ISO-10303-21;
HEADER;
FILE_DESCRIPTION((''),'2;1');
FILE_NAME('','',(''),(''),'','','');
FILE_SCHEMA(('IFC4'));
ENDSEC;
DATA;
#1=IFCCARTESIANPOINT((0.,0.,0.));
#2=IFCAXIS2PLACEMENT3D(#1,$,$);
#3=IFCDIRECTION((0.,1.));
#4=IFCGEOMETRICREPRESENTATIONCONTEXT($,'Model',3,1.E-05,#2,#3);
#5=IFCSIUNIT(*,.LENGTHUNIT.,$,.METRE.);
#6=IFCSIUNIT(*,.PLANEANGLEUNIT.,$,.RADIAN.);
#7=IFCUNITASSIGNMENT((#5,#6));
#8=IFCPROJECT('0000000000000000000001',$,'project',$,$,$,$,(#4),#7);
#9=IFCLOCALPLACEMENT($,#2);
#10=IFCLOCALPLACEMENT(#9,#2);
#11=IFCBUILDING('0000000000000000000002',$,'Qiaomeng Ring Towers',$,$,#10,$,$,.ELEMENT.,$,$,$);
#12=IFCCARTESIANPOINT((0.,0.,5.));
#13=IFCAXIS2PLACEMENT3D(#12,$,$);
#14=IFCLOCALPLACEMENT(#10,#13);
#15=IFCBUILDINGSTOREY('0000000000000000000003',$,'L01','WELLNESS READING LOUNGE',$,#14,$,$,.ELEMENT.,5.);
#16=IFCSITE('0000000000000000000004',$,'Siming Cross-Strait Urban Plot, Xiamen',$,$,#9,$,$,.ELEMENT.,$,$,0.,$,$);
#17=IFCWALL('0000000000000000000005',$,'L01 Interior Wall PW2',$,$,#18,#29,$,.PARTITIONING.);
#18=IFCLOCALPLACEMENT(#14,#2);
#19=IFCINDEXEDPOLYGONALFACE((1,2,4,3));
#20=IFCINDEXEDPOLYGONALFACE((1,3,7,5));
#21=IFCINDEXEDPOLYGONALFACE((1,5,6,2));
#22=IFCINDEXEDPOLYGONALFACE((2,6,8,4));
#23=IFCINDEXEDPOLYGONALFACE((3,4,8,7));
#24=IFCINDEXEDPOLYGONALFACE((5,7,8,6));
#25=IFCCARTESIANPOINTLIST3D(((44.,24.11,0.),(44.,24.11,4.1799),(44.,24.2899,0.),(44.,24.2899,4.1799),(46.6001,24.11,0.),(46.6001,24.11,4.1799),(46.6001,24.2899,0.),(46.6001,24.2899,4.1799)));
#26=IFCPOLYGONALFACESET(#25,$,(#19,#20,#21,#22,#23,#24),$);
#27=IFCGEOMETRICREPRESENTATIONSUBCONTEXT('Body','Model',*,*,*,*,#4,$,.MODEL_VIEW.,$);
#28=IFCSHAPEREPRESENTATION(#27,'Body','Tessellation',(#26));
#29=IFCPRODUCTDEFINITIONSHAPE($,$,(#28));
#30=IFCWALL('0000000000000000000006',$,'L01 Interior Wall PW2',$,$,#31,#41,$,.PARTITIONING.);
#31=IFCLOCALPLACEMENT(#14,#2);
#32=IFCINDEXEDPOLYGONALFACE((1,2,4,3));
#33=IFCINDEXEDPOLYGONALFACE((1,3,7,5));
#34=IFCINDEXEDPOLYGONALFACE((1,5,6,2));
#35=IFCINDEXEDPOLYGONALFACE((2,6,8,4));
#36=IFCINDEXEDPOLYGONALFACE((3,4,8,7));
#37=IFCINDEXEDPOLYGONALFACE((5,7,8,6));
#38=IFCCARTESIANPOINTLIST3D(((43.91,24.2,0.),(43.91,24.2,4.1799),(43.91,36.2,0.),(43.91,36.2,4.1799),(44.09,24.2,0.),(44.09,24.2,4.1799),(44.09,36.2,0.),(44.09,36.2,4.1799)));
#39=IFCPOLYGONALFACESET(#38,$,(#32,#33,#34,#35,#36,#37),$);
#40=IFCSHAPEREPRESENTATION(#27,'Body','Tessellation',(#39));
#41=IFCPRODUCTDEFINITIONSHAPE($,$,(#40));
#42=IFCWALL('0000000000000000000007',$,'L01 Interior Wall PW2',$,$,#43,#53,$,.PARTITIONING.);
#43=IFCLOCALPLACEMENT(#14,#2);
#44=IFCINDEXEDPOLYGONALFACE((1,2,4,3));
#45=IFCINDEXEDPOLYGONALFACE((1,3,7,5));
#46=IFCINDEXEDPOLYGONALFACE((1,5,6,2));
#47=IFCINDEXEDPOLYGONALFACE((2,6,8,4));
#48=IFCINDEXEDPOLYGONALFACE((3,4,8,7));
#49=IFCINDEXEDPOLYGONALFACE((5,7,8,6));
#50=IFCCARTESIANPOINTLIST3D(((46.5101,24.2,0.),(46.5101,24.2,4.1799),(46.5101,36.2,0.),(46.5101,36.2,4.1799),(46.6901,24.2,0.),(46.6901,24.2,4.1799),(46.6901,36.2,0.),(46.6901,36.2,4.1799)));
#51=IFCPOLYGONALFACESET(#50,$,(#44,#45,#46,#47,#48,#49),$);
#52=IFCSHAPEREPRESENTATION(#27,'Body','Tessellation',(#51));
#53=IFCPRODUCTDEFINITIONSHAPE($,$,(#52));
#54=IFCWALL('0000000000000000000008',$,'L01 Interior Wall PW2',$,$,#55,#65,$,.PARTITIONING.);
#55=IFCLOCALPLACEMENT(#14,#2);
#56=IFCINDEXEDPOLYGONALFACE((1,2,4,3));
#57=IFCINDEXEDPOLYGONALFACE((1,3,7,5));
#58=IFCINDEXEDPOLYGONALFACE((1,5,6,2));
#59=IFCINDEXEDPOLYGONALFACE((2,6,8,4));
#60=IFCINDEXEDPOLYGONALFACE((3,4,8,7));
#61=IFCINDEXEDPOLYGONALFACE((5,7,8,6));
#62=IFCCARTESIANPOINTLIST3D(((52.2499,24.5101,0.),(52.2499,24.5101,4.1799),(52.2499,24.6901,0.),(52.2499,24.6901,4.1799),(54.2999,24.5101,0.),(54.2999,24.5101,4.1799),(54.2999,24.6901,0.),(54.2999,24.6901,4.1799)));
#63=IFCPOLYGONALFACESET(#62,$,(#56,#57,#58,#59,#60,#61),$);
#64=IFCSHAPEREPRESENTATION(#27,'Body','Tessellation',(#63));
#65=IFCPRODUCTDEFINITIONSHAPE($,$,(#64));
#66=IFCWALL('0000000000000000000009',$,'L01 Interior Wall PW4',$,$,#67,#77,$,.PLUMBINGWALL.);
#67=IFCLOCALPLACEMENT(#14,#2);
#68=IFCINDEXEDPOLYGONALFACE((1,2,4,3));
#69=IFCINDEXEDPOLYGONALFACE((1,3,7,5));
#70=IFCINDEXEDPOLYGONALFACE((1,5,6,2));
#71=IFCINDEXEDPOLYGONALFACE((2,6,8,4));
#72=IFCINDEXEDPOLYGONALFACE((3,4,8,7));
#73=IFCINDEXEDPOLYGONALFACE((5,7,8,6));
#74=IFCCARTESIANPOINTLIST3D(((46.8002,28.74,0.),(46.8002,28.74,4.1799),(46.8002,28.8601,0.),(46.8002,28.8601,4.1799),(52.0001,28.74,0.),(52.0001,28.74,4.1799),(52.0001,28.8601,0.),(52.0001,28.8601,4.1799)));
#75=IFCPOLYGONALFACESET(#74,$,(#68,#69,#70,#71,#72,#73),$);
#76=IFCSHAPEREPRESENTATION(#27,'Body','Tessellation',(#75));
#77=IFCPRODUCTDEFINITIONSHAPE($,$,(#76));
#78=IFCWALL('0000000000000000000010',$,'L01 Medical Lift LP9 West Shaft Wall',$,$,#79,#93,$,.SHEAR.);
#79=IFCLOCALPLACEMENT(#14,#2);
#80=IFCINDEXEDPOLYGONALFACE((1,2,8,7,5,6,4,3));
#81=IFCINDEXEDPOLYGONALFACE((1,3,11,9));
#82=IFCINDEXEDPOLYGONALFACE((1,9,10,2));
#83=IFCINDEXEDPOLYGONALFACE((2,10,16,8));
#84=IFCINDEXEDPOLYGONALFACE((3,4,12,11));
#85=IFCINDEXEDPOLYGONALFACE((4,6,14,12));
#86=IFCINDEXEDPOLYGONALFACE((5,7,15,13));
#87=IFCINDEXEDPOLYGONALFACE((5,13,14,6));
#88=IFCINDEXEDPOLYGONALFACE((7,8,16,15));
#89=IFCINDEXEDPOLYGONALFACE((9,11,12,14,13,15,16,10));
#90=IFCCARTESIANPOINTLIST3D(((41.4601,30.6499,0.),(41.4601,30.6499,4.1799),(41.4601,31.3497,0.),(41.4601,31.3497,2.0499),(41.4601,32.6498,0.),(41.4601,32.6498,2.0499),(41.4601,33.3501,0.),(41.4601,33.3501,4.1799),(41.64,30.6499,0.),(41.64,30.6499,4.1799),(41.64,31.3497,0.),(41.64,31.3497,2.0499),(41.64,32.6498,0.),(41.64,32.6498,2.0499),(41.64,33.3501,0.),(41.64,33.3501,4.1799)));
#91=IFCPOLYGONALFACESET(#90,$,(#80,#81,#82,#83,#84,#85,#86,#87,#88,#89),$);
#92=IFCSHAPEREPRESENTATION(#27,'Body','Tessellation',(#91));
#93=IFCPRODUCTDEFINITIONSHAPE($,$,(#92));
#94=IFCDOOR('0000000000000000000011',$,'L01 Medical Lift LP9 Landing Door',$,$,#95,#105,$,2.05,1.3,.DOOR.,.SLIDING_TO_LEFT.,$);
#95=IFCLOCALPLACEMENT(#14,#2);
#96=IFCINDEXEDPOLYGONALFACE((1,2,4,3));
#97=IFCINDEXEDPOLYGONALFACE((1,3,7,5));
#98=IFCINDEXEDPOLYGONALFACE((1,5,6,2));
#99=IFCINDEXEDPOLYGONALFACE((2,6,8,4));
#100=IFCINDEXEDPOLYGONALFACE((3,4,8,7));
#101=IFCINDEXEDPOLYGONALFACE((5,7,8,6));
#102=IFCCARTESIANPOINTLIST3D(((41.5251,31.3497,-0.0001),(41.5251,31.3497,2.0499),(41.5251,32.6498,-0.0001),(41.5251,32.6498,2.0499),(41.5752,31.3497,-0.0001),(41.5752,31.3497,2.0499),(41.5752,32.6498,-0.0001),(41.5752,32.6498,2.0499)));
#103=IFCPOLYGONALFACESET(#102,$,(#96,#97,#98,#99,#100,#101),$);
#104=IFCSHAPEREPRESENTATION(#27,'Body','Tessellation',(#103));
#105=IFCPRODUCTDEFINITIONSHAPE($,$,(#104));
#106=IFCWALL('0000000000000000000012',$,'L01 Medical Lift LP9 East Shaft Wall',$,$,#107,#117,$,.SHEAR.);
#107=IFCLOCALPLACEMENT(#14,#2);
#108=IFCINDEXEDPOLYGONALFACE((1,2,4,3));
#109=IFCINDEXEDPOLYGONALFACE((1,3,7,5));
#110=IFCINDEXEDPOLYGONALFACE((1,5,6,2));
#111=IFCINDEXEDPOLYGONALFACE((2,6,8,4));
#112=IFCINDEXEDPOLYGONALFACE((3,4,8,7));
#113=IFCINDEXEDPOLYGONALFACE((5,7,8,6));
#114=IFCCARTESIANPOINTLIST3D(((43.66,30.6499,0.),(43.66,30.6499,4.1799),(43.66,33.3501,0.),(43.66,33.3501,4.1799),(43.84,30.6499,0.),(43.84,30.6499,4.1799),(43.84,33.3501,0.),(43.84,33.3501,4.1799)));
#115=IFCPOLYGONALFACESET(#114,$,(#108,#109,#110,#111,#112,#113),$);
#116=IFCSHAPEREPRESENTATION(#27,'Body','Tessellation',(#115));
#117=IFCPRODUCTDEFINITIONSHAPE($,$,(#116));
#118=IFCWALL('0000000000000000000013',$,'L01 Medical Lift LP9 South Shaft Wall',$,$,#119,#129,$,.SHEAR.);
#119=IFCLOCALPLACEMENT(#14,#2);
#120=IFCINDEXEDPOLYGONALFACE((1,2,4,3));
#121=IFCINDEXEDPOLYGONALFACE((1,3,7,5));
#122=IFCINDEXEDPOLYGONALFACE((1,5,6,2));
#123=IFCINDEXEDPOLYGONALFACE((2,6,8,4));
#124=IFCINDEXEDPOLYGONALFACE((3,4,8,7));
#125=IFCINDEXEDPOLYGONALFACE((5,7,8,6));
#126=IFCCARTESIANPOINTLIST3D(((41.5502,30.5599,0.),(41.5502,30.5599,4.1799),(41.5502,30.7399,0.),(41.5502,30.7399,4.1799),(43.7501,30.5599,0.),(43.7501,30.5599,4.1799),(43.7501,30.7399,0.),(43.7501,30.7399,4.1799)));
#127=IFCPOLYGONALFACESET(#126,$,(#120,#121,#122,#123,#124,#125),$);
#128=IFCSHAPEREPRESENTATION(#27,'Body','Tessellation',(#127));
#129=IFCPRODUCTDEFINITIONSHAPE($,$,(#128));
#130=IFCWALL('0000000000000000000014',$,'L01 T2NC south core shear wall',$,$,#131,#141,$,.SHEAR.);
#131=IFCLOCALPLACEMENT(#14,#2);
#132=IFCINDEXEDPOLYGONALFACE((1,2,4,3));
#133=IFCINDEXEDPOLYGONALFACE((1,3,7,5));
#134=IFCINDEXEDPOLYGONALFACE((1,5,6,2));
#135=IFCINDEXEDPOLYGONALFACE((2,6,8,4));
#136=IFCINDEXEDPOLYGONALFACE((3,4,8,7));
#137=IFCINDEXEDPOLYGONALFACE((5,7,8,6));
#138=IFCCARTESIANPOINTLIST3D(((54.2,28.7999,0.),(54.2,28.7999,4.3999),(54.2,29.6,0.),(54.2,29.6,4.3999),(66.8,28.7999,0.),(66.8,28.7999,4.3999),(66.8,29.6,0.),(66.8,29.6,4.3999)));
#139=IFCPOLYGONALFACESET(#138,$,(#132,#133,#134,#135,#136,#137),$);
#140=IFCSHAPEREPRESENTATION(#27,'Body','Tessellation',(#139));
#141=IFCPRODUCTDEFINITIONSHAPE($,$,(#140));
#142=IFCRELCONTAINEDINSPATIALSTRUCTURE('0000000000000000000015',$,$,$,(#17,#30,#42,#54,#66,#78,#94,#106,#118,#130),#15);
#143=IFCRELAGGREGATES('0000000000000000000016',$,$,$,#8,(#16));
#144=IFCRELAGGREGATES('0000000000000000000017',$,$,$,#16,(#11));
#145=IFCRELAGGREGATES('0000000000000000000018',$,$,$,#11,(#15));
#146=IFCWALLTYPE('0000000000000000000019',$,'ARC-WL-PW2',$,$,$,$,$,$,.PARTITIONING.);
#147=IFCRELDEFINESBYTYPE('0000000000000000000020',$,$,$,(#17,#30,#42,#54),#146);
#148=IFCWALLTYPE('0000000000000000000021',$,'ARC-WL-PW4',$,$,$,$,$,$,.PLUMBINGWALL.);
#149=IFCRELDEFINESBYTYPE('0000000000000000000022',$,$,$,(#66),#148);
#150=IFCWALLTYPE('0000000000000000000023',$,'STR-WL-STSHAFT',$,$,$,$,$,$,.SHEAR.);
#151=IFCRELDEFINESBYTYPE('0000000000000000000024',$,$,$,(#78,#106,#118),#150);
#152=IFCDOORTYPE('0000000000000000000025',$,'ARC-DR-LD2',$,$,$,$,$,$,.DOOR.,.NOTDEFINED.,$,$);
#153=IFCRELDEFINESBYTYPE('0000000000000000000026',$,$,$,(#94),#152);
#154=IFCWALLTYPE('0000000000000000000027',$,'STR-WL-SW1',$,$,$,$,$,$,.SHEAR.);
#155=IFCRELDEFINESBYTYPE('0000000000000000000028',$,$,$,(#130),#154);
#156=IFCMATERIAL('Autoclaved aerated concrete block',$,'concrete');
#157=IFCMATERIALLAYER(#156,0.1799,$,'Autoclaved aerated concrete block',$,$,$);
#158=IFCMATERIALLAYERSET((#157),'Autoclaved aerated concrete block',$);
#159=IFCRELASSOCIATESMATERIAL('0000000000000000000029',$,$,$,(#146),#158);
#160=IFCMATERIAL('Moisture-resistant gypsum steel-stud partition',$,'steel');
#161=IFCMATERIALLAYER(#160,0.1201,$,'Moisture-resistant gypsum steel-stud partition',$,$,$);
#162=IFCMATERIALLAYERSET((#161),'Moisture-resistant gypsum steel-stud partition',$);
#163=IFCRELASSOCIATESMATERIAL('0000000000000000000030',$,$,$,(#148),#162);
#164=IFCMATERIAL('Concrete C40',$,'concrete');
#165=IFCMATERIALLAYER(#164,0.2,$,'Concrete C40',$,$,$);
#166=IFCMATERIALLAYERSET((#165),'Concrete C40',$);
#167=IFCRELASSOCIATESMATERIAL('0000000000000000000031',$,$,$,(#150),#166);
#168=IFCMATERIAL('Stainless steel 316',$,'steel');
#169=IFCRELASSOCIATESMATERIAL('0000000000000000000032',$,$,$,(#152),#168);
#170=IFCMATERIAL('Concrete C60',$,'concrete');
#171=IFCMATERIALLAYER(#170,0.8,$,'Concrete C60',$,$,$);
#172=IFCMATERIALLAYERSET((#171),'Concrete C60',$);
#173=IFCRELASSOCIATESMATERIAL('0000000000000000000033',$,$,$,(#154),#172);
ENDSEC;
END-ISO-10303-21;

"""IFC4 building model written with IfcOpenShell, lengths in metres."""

from ifc_helpers import new_model, si_unit, direction, frame, frame_2d, origin, place, context, subcontext, project, spatial, rectangle, extrude, source, transform, mapped, material, layer, layer_set, type_object, element, fill, save


model = new_model("IFC4")

# Units and contexts
model_context = context("Model", 3, precision=1e-05, world=origin(), true_north=direction((0.0, 1.0)))
body_context = subcontext(model_context, "Body", "Model", "MODEL_VIEW")
ifc_project = project(units=[si_unit("LENGTHUNIT", "METRE"), si_unit("PLANEANGLEUNIT", "RADIAN")], contexts=[model_context])

# Site, building, storey
site_placement = place(None, origin())
site = spatial("IfcSite", under=ifc_project, at=site_placement, Name="Siming Cross-Strait Urban Plot, Xiamen", CompositionType="ELEMENT", RefElevation=0.0)
building_placement = place(site_placement, origin())
building = spatial("IfcBuilding", under=site, at=building_placement, Name="Qiaomeng Ring Towers", CompositionType="ELEMENT")
storey_placement = place(building_placement, frame((0.0, 0.0, 5.0)))
storey = spatial("IfcBuildingStorey", under=building, at=storey_placement, Name="L01", Description="WELLNESS READING LOUNGE", CompositionType="ELEMENT", Elevation=5.0)

# Shared definitions
ifc_material_1 = material(Name="Concrete C60", Category="concrete")

# Shared definitions
ifc_material_2 = material(Name="Autoclaved aerated concrete block", Category="concrete")
ifc_layer_1 = layer(ifc_material_2, 0.1799, Name="Autoclaved aerated concrete block")
ifc_layer_set_1 = layer_set([ifc_layer_1], Name="Autoclaved aerated concrete block")
wall_type_1 = type_object("IfcWallType", Name="ARC-WL-PW2", PredefinedType="PARTITIONING", material=ifc_layer_set_1)

# Walls
wall_1_placement = place(storey_placement, frame((44.0, 24.2, 0.0), z_axis=(0.0, 0.0, 1.0), x_axis=(1.0, 0.0, 0.0)))
element("IfcWall", 1, at=wall_1_placement, inside=storey, type_object=wall_type_1, Name="L01 Interior Wall PW2", PredefinedType="PARTITIONING", context=body_context, shape_type="SweptSolid", body=[
    extrude(rectangle(XDim=2.6001, YDim=0.1799, at=frame_2d((1.3, 0.0))), origin(), (0.0, 0.0, 1.0), 4.1799),
])
for number, where, z_axis, x_axis, name in (
    (2, (44.0, 24.2, 0.0), (0.0, 0.0, 1.0), (0.0, 1.0, 0.0), "L01 Interior Wall PW2"),
    (3, (46.6001, 24.2, 0.0), (0.0, 0.0, 1.0), (0.0, 1.0, 0.0), "L01 Interior Wall PW2"),
):
    element("IfcWall", number, at=place(storey_placement, frame(where, z_axis=z_axis, x_axis=x_axis)), inside=storey, type_object=wall_type_1, Name=name, PredefinedType="PARTITIONING", context=body_context, shape_type="SweptSolid", body=[
        extrude(rectangle(XDim=12.0, YDim=0.1799, at=frame_2d((6.0, 0.0))), origin(), (0.0, 0.0, 1.0), 4.1799),
    ])
wall_2_placement = place(storey_placement, frame((52.25, 24.6001, 0.0), z_axis=(0.0, 0.0, 1.0), x_axis=(1.0, 0.0, 0.0)))
element("IfcWall", 4, at=wall_2_placement, inside=storey, type_object=wall_type_1, Name="L01 Interior Wall PW2", PredefinedType="PARTITIONING", context=body_context, shape_type="SweptSolid", body=[
    extrude(rectangle(XDim=2.05, YDim=0.1799, at=frame_2d((1.0249, 0.0))), origin(), (0.0, 0.0, 1.0), 4.1799),
])
ifc_material_3 = material(Name="Moisture-resistant gypsum steel-stud partition", Category="steel")
ifc_layer_2 = layer(ifc_material_3, 0.1201, Name="Moisture-resistant gypsum steel-stud partition")
ifc_layer_set_2 = layer_set([ifc_layer_2], Name="Moisture-resistant gypsum steel-stud partition")
wall_type_2 = type_object("IfcWallType", Name="ARC-WL-PW4", PredefinedType="PLUMBINGWALL", material=ifc_layer_set_2)
wall_3_placement = place(storey_placement, frame((46.8, 28.8, 0.0), z_axis=(0.0, 0.0, 1.0), x_axis=(1.0, 0.0, 0.0)))
element("IfcWall", 5, at=wall_3_placement, inside=storey, type_object=wall_type_2, Name="L01 Interior Wall PW4", PredefinedType="PLUMBINGWALL", context=body_context, shape_type="SweptSolid", body=[
    extrude(rectangle(XDim=5.2, YDim=0.1201, at=frame_2d((2.6001, 0.0))), origin(), (0.0, 0.0, 1.0), 4.1799),
])

# Wall, opening, door
ifc_material_4 = material(Name="Concrete C40", Category="concrete")
ifc_layer_3 = layer(ifc_material_4, 0.2, Name="Concrete C40")
ifc_layer_set_3 = layer_set([ifc_layer_3], Name="Concrete C40")
wall_type_3 = type_object("IfcWallType", Name="STR-WL-STSHAFT", PredefinedType="SHEAR", material=ifc_layer_set_3)
wall_4_placement = place(storey_placement, frame((41.55, 30.6499, 0.0), z_axis=(0.0, 0.0, 1.0), x_axis=(0.0, 1.0, 0.0)))
wall_4 = element("IfcWall", 6, at=wall_4_placement, inside=storey, type_object=wall_type_3, Name="L01 Medical Lift LP9 West Shaft Wall", PredefinedType="SHEAR", context=body_context, shape_type="SweptSolid", body=[
    extrude(rectangle(XDim=2.7002, YDim=0.1799, at=frame_2d((1.3501, 0.0))), origin(), (0.0, 0.0, 1.0), 4.1799),
])
opening_1_placement = place(wall_4_placement, frame((0.7, 0.0, 0.0)))
opening_1 = element("IfcOpeningElement", 7, at=opening_1_placement, cuts=wall_4, PredefinedType="OPENING", context=body_context, shape_type="SweptSolid", body=[
    extrude(rectangle(XDim=1.3, YDim=2.05, at=frame_2d((0.6499, 1.0249))), frame((0.0, 0.0999, 0.0), z_axis=(0.0, -1.0, 0.0), x_axis=(1.0, 0.0, 0.0)), (0.0, 0.0, 1.0), 0.2),
])
ifc_material_5 = material(Name="Stainless steel 316", Category="steel")
door_type_1 = type_object("IfcDoorType", Name="ARC-DR-LD2", OperationType="NOTDEFINED", PredefinedType="DOOR", material=ifc_material_5)
shared_shape_1 = source(origin(), body_context, "Body", "SweptSolid", [
    extrude(rectangle(XDim=1.3, YDim=2.05, at=frame_2d((0.6499, 1.0249))), frame((0.0, 0.0249, 0.0), z_axis=(0.0, -1.0, 0.0), x_axis=(1.0, 0.0, 0.0)), (0.0, 0.0, 1.0), 0.05),
])
door_1_placement = place(opening_1_placement, origin())
door_1 = element("IfcDoor", 8, at=door_1_placement, inside=storey, type_object=door_type_1, Name="L01 Medical Lift LP9 Landing Door", OperationType="SLIDING_TO_LEFT", OverallHeight=2.05, OverallWidth=1.3, PredefinedType="DOOR", context=body_context, shape_type="MappedRepresentation", body=[
    mapped(shared_shape_1, transform((0.0, 0.0, 0.0), x_axis=(1.0, 0.0, 0.0), y_axis=(0.0, 1.0, 0.0), z_axis=(0.0, 0.0, 1.0), scale=1.0)),
])
fill(opening_1, door_1)

# Walls
wall_5_placement = place(storey_placement, frame((43.75, 30.6499, 0.0), z_axis=(0.0, 0.0, 1.0), x_axis=(0.0, 1.0, 0.0)))
element("IfcWall", 9, at=wall_5_placement, inside=storey, type_object=wall_type_3, Name="L01 Medical Lift LP9 East Shaft Wall", PredefinedType="SHEAR", context=body_context, shape_type="SweptSolid", body=[
    extrude(rectangle(XDim=2.7002, YDim=0.1799, at=frame_2d((1.3501, 0.0))), origin(), (0.0, 0.0, 1.0), 4.1799),
])
wall_6_placement = place(storey_placement, frame((41.55, 30.6499, 0.0), z_axis=(0.0, 0.0, 1.0), x_axis=(1.0, 0.0, 0.0)))
element("IfcWall", 10, at=wall_6_placement, inside=storey, type_object=wall_type_3, Name="L01 Medical Lift LP9 South Shaft Wall", PredefinedType="SHEAR", context=body_context, shape_type="SweptSolid", body=[
    extrude(rectangle(XDim=2.2, YDim=0.1799, at=frame_2d((1.1001, 0.0))), origin(), (0.0, 0.0, 1.0), 4.1799),
])
ifc_layer_4 = layer(ifc_material_1, 0.8, Name="Concrete C60")
ifc_layer_set_4 = layer_set([ifc_layer_4], Name="Concrete C60")
wall_type_4 = type_object("IfcWallType", Name="STR-WL-SW1", PredefinedType="SHEAR", material=ifc_layer_set_4)
wall_7_placement = place(storey_placement, frame((54.2, 29.2, 0.0), z_axis=(0.0, 0.0, 1.0), x_axis=(1.0, 0.0, 0.0)))
element("IfcWall", 11, at=wall_7_placement, inside=storey, type_object=wall_type_4, Name="L01 T2NC south core shear wall", PredefinedType="SHEAR", context=body_context, shape_type="SweptSolid", body=[
    extrude(rectangle(XDim=12.6001, YDim=0.8, at=frame_2d((6.3, 0.0))), origin(), (0.0, 0.0, 1.0), 4.3999),
])

save(model, "model.ifc")
